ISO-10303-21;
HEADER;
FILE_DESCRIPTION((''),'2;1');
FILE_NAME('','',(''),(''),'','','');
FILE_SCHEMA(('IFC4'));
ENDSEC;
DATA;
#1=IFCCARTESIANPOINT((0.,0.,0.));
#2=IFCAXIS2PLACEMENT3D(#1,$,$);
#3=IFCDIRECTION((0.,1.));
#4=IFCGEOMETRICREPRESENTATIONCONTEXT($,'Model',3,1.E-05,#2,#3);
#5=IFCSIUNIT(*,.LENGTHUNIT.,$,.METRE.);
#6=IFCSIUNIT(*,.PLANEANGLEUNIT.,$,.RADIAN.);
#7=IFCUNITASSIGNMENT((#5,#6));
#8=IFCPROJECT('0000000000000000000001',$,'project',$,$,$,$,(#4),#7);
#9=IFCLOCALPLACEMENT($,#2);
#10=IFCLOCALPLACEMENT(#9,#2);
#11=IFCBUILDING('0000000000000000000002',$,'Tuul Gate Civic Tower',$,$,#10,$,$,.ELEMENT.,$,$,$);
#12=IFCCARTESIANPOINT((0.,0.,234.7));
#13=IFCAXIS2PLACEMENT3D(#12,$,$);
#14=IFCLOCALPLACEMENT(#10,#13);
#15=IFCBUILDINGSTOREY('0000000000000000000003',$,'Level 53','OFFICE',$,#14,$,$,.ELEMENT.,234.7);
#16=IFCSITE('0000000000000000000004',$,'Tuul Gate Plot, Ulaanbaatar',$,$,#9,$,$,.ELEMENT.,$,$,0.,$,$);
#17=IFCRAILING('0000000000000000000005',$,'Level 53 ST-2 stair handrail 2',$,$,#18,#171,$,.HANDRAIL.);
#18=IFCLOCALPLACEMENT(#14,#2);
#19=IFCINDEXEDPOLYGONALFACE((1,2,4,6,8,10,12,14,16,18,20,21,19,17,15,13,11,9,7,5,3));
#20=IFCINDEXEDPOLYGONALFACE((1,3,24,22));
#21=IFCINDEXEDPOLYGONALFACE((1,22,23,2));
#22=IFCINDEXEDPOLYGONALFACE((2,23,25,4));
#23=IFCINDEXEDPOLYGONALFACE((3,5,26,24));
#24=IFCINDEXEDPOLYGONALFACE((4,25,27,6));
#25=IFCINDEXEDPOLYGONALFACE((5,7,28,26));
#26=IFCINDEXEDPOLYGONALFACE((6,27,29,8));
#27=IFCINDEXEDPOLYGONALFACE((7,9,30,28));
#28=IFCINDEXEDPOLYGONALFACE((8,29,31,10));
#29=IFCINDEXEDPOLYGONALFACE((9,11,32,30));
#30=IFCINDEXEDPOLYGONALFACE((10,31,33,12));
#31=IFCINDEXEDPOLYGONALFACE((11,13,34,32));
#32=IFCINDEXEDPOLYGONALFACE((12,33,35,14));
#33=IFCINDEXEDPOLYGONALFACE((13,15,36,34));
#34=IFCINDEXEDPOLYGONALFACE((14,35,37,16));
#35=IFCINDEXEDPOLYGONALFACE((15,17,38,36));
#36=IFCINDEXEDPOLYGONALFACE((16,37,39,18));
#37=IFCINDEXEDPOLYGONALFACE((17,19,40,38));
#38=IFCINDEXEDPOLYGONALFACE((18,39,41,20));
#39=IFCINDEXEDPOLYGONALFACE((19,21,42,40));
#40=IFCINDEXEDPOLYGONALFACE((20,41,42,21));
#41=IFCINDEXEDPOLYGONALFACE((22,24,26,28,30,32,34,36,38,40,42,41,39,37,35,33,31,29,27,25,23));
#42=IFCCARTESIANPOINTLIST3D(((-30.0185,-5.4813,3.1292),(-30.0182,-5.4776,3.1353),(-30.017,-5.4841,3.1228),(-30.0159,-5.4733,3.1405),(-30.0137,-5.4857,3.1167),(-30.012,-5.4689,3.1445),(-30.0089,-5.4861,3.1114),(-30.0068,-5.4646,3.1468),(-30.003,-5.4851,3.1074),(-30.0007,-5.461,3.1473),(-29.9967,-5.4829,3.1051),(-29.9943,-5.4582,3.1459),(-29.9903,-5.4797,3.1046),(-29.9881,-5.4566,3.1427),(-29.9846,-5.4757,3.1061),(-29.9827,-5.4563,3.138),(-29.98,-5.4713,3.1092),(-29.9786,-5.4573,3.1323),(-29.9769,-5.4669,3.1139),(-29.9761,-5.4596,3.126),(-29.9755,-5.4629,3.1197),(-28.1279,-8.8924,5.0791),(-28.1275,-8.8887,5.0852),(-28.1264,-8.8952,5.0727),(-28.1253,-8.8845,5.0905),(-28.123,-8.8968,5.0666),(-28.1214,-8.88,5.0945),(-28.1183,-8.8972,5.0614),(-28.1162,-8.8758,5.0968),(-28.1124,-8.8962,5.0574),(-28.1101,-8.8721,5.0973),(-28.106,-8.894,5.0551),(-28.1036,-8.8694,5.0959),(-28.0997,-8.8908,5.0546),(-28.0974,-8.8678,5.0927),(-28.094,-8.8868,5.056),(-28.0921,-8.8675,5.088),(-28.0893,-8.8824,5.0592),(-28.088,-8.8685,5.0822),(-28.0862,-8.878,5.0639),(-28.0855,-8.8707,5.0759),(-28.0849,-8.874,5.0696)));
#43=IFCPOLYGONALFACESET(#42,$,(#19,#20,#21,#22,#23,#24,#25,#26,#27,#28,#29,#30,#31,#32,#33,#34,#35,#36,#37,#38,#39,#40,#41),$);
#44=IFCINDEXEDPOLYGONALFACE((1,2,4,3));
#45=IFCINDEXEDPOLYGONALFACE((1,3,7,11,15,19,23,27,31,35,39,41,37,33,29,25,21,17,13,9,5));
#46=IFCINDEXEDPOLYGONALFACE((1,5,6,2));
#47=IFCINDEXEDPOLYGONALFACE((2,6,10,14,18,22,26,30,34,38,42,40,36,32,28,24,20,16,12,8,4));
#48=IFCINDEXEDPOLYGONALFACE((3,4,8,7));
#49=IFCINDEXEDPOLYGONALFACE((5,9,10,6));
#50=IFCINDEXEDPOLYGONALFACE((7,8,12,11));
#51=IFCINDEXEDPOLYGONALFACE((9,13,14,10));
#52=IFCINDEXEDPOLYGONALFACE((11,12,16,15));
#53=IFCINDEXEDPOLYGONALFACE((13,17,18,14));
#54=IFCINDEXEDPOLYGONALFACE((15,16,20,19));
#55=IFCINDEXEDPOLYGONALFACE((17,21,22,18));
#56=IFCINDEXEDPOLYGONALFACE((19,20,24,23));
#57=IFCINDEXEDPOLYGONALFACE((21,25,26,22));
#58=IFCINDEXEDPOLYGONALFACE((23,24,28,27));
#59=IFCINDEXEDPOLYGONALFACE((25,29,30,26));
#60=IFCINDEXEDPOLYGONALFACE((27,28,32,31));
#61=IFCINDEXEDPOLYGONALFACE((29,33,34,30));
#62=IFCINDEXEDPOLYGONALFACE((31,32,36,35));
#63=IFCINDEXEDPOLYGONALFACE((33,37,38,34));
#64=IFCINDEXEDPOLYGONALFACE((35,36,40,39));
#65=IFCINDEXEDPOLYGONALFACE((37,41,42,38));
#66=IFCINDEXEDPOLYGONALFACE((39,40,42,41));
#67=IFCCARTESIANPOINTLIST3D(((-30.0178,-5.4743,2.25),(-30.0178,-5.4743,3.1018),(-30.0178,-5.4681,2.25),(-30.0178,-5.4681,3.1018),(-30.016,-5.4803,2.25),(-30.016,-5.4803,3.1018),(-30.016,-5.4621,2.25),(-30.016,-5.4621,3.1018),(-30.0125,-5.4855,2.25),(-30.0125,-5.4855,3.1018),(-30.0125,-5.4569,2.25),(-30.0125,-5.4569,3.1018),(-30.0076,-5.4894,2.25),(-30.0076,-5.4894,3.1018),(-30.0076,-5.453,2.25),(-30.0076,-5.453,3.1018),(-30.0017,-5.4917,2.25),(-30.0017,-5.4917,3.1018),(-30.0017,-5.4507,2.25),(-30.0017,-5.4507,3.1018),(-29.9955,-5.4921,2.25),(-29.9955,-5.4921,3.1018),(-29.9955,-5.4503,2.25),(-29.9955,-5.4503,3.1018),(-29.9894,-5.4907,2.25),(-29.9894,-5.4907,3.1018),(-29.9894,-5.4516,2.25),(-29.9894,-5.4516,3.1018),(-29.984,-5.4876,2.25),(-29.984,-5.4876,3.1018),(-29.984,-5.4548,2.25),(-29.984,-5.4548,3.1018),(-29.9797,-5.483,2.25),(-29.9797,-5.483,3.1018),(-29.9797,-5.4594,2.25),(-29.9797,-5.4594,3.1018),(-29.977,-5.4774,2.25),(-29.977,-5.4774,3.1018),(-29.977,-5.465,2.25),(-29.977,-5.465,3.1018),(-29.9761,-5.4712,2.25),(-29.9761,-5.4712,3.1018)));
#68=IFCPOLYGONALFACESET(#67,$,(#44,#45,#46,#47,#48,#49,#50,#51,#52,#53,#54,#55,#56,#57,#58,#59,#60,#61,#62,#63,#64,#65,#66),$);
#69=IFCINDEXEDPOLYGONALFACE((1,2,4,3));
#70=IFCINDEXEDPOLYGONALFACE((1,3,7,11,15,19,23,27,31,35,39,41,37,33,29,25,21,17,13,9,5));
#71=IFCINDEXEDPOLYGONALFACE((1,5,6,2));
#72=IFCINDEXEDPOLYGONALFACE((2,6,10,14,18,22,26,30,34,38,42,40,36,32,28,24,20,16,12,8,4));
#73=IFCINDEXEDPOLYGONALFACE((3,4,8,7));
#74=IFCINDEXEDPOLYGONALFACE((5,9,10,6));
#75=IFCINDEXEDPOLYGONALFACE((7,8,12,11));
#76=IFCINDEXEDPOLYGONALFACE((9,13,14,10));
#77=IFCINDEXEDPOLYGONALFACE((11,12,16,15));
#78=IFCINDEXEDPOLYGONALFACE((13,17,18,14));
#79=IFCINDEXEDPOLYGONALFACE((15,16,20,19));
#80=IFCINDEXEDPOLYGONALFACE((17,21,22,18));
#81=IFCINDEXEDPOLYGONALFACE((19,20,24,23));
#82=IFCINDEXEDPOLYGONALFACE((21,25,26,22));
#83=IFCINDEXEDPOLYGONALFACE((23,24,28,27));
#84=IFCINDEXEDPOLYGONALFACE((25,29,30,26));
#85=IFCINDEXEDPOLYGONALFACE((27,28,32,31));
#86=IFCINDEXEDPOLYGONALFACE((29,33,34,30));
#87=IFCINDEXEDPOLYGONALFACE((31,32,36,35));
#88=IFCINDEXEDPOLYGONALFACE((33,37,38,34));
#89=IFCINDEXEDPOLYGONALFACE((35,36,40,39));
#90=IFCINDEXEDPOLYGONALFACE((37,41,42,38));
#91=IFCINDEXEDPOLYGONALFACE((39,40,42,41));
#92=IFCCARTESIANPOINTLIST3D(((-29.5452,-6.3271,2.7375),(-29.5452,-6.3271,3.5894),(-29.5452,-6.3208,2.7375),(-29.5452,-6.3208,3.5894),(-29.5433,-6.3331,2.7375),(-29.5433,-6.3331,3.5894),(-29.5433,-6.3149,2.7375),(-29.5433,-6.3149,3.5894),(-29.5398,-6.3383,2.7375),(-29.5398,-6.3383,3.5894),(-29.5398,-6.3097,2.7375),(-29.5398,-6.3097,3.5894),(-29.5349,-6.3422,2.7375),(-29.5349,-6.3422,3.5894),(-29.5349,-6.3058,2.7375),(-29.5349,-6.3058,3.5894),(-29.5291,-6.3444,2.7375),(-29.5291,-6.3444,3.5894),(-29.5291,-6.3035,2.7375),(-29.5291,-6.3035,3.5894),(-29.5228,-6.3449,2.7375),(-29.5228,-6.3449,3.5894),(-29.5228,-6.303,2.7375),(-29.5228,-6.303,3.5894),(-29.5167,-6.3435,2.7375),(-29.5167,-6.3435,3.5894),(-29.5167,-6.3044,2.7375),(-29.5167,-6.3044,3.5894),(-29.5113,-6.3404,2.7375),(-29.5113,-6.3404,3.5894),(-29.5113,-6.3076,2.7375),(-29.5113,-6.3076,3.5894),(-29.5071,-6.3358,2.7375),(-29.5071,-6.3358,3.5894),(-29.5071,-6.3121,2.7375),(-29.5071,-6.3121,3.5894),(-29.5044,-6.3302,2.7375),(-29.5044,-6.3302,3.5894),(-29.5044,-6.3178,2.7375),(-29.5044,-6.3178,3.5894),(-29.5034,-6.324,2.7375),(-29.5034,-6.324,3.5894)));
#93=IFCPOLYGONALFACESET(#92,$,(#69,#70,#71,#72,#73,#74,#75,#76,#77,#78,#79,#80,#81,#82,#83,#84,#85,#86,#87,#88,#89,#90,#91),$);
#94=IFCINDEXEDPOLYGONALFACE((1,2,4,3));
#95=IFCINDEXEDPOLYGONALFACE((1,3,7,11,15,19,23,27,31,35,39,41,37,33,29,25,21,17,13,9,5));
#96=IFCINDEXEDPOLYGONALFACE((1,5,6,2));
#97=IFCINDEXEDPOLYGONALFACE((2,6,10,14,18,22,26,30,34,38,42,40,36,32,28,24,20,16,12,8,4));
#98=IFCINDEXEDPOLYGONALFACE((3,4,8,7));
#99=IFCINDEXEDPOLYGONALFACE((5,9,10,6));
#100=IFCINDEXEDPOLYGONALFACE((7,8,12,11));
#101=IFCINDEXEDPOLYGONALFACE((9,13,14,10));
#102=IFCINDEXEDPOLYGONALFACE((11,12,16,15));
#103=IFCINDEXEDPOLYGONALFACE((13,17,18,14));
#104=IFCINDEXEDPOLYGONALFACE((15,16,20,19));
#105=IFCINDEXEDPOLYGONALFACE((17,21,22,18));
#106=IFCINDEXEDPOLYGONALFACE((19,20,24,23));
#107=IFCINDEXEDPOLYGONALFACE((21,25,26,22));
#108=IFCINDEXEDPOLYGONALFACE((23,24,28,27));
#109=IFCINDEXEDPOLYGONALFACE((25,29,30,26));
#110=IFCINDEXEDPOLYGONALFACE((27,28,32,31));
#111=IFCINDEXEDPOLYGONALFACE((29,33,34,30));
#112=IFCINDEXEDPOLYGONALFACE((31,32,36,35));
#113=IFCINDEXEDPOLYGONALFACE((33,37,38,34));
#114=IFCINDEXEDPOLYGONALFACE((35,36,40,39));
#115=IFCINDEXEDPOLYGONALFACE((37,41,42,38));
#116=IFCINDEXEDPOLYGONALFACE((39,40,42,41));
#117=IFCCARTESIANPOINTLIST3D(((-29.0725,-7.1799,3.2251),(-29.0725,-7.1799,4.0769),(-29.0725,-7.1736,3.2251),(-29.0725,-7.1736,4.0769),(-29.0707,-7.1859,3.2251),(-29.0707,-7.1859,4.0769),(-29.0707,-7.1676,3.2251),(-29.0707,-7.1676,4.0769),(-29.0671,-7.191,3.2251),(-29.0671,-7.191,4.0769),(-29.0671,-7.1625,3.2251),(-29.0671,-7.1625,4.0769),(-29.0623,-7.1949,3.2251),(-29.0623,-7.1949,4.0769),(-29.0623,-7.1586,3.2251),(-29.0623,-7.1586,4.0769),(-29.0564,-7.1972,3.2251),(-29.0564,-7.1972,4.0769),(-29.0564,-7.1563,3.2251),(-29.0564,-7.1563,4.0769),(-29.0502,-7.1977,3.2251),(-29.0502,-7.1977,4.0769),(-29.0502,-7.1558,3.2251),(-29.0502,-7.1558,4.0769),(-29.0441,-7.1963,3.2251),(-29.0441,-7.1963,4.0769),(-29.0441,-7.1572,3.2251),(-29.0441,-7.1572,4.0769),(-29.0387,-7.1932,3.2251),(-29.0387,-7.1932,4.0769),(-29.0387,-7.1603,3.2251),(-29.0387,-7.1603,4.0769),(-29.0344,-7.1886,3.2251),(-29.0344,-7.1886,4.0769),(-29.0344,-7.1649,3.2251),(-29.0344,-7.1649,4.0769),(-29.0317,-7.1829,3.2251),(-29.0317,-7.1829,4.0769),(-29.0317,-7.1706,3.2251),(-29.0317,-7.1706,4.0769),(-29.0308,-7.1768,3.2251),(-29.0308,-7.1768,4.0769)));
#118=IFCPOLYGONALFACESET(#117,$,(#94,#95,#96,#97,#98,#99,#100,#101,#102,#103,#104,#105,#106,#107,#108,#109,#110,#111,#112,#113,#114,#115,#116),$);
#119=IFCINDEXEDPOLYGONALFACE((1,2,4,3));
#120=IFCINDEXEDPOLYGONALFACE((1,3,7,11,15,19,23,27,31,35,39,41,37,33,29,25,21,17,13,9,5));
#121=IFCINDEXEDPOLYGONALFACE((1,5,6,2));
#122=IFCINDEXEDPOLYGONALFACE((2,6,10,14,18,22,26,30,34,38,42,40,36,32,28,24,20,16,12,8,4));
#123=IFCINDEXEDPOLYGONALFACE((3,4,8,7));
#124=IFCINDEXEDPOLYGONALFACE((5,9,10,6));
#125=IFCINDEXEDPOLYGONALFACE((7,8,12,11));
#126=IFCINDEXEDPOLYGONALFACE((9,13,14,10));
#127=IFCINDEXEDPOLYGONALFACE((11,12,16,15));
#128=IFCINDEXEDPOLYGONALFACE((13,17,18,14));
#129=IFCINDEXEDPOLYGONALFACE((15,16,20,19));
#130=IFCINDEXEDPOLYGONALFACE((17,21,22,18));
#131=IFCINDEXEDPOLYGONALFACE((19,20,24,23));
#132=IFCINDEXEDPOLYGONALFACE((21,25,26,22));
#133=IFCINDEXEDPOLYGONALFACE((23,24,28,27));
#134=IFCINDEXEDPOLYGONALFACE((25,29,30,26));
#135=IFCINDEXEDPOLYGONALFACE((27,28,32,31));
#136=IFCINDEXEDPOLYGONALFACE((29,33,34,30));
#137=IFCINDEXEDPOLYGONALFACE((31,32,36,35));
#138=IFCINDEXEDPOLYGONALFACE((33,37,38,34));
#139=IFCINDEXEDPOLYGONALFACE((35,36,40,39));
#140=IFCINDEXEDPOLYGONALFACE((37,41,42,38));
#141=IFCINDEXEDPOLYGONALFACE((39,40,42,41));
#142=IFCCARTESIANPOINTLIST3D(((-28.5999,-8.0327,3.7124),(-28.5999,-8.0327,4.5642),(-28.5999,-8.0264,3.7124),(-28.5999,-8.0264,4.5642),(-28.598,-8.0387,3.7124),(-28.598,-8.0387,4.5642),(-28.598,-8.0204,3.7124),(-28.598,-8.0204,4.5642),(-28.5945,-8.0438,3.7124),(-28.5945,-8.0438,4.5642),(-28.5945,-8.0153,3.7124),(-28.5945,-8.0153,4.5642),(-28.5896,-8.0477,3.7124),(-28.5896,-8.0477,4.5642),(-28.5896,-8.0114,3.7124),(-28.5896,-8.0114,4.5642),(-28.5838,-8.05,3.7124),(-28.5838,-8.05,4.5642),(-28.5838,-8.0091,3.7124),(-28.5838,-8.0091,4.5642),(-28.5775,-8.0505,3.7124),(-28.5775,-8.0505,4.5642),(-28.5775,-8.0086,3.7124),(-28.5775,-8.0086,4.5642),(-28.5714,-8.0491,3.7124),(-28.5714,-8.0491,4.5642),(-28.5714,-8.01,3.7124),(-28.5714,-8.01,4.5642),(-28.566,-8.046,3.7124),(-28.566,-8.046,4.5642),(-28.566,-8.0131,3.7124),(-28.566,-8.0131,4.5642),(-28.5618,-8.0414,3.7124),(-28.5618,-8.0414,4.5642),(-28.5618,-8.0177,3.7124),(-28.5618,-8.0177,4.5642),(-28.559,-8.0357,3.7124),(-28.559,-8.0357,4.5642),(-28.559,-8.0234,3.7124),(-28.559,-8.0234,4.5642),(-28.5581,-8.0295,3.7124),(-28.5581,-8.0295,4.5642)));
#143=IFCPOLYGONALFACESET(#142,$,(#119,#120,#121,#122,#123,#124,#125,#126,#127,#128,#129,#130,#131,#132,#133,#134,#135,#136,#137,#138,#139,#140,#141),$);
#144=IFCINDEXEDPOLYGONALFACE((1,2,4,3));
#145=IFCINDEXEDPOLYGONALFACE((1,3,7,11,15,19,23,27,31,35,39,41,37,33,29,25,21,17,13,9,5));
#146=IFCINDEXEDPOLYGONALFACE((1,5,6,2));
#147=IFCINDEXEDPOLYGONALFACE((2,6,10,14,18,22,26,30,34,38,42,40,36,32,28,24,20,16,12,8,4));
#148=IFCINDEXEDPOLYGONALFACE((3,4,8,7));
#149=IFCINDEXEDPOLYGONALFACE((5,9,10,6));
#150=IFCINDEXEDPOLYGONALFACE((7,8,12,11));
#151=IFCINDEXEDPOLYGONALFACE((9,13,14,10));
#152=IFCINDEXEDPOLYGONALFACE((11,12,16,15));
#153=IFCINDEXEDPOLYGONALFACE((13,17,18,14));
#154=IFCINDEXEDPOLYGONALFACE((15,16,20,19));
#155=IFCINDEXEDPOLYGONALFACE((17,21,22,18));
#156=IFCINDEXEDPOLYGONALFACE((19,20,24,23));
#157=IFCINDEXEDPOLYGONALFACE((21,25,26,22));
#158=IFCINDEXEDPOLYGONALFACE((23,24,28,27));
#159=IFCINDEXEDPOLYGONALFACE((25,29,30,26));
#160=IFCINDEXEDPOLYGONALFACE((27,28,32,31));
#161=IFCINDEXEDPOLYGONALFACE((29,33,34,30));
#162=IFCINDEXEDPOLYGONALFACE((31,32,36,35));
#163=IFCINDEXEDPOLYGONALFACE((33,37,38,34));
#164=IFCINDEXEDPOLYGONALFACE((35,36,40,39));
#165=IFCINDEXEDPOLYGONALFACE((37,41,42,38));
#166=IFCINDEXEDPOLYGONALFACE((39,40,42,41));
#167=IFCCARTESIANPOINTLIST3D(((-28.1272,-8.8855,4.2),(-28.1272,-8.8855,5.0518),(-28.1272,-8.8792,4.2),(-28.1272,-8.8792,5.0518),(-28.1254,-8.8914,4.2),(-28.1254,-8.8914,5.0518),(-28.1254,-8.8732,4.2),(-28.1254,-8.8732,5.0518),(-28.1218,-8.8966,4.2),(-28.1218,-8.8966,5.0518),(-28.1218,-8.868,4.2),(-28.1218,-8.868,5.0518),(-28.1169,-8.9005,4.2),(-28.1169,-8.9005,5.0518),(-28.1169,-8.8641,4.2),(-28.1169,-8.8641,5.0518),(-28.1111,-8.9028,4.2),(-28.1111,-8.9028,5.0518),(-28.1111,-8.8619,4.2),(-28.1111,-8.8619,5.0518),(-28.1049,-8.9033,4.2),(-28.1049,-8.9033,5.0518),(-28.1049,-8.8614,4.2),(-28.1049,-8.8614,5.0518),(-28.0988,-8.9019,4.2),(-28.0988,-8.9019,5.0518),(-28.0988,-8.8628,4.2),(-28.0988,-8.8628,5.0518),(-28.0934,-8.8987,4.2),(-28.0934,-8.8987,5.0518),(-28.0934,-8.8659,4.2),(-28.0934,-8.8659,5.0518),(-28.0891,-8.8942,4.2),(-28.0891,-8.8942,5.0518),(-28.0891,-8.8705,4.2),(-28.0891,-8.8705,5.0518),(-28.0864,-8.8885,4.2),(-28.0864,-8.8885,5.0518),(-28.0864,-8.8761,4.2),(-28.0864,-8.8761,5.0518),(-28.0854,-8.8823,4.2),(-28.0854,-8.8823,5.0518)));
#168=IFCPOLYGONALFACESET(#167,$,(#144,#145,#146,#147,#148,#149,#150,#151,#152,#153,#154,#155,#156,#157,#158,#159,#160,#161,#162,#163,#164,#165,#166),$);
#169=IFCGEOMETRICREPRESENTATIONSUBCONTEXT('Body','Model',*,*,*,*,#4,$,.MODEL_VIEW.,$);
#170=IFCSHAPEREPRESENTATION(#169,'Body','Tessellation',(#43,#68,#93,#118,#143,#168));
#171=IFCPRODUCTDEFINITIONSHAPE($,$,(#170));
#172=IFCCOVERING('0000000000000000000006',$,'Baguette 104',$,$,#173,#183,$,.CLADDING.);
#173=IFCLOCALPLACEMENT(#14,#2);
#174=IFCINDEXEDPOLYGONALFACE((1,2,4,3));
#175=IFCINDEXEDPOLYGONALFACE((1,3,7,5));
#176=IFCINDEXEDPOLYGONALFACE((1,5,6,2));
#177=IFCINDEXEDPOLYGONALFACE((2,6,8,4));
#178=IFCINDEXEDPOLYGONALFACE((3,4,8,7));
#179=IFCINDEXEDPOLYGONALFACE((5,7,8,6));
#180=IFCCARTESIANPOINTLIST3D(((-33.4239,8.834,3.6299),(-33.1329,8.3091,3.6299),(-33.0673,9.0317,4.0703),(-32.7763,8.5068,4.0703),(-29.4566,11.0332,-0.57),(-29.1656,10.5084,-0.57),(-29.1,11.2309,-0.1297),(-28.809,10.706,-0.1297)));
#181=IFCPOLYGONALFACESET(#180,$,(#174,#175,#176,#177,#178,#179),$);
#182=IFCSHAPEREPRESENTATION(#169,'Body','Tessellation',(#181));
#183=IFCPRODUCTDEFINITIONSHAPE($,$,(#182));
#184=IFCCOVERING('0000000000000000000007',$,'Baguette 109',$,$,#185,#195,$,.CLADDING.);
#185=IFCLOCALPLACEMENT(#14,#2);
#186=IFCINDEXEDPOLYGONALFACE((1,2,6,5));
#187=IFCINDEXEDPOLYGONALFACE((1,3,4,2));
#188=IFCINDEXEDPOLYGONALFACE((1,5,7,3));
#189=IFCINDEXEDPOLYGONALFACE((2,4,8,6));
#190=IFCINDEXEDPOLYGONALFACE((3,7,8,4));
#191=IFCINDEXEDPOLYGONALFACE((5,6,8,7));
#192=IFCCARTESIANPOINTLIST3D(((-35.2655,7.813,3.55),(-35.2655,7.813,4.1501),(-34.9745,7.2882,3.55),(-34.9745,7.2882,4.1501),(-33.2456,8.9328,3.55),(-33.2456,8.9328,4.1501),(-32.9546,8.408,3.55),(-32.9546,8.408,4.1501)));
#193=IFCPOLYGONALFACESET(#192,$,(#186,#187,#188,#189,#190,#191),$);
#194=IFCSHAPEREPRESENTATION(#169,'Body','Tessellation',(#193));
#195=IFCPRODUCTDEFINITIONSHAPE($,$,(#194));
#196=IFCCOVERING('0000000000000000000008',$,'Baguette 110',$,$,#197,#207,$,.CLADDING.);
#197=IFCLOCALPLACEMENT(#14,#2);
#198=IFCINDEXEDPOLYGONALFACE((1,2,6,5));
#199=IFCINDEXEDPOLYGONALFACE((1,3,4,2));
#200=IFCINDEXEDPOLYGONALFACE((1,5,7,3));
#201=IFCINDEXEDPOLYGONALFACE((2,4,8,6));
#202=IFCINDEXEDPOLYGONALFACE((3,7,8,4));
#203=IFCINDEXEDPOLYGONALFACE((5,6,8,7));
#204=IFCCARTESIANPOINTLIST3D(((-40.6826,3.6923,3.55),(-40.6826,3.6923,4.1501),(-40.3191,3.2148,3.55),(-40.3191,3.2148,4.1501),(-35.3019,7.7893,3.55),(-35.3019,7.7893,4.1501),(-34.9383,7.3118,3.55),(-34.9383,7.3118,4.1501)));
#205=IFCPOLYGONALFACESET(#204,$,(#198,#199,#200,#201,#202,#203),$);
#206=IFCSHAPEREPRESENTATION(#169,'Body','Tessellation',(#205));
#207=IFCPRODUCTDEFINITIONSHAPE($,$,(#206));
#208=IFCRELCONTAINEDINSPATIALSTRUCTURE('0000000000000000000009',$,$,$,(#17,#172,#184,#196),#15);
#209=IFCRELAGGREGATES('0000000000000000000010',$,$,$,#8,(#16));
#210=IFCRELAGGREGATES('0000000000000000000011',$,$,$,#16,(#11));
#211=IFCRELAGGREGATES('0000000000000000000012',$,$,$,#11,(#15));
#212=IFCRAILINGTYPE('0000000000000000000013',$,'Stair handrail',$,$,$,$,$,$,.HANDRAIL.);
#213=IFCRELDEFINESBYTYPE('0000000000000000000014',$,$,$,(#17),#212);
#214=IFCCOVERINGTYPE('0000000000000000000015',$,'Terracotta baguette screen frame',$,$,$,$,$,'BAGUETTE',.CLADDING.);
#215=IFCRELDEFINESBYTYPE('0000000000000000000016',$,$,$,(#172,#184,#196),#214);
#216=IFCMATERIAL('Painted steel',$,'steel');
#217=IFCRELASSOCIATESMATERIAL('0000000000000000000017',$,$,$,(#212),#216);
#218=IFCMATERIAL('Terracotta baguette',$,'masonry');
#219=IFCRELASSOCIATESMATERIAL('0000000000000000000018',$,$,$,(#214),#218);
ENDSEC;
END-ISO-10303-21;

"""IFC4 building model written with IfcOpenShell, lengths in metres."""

from ifc_helpers import new_model, si_unit, direction, frame, origin, origin_2d, place, context, subcontext, project, spatial, rectangle, circle, extrude, material, material_profile, profile_set, type_object, element, save


model = new_model("IFC4")

# Units and contexts
model_context = context("Model", 3, precision=1e-05, world=origin(), true_north=direction((0.0, 1.0)))
body_context = subcontext(model_context, "Body", "Model", "MODEL_VIEW")
ifc_project = project(units=[si_unit("LENGTHUNIT", "METRE"), si_unit("PLANEANGLEUNIT", "RADIAN")], contexts=[model_context])

# Site, building, storey
site_placement = place(None, origin())
site = spatial("IfcSite", under=ifc_project, at=site_placement, Name="Tuul Gate Plot, Ulaanbaatar", CompositionType="ELEMENT", RefElevation=0.0)
building_placement = place(site_placement, origin())
building = spatial("IfcBuilding", under=site, at=building_placement, Name="Tuul Gate Civic Tower", CompositionType="ELEMENT")
storey_placement = place(building_placement, frame((0.0, 0.0, 234.7)))
storey = spatial("IfcBuildingStorey", under=building, at=storey_placement, Name="Level 53", Description="OFFICE", CompositionType="ELEMENT", Elevation=234.7)

# Railing
ifc_material_1 = material(Name="Painted steel", Category="steel")
railing_type = type_object("IfcRailingType", Name="Stair handrail", PredefinedType="HANDRAIL", material=ifc_material_1)
railing_placement = place(storey_placement, frame((-29.9971, -5.4712, 2.25)))
element("IfcRailing", 1, at=railing_placement, inside=storey, type_object=railing_type, Name="Level 53 ST-2 stair handrail 2", PredefinedType="HANDRAIL", context=body_context, shape_type="SweptSolid", body=[
    extrude(circle(Radius=0.0239, at=origin_2d()), frame((0.0, 0.0, 0.876), z_axis=(0.433595, -0.782308, 0.447201), x_axis=(0.874641, 0.484771, 0.0)), (0.0, 0.0, 1.0), 4.3604),
    extrude(circle(Radius=0.021, at=origin_2d()), origin(), (0.0, 0.0, 1.0), 0.8518),
    extrude(circle(Radius=0.021, at=origin_2d()), frame((0.4727, -0.8528, 0.4875)), (0.0, 0.0, 1.0), 0.8518),
    extrude(circle(Radius=0.021, at=origin_2d()), frame((0.9453, -1.7056, 0.9751)), (0.0, 0.0, 1.0), 0.8518),
    extrude(circle(Radius=0.021, at=origin_2d()), frame((1.418, -2.5583, 1.4624)), (0.0, 0.0, 1.0), 0.8518),
    extrude(circle(Radius=0.021, at=origin_2d()), frame((1.8906, -3.4111, 1.95)), (0.0, 0.0, 1.0), 0.8518),
])

# Coverings
ifc_material_2 = material(Name="Terracotta baguette", Category="masonry")
ifc_material_profile_1 = material_profile(ifc_material_2, rectangle(XDim=0.6001, YDim=0.6001, at=origin_2d()), Name="Terracotta baguette screen frame")
ifc_profile_set_1 = profile_set([ifc_material_profile_1], Name="Terracotta baguette")
covering_type = type_object("IfcCoveringType", Name="Terracotta baguette screen frame", ElementType="BAGUETTE", PredefinedType="CLADDING", material=ifc_profile_set_1)
covering_1_placement = place(storey_placement, frame((-29.1328, 10.8696, -0.3499), z_axis=(-0.641761, -0.355753, 0.679398), x_axis=(0.484829, -0.874609, 0.0)))
element("IfcCovering", 2, at=covering_1_placement, inside=storey, type_object=covering_type, Name="Baguette 104", PredefinedType="CLADDING", context=body_context, shape_type="SweptSolid", body=[
    extrude(rectangle(XDim=0.6001, YDim=0.6001, at=origin_2d()), origin(), (0.0, 0.0, 1.0), 6.1819),
])
covering_2_placement = place(storey_placement, frame((-33.1001, 8.6704, 3.8501), z_axis=(-0.874591, -0.484862, 0.0), x_axis=(0.484862, -0.874591, 0.0)))
element("IfcCovering", 3, at=covering_2_placement, inside=storey, type_object=covering_type, Name="Baguette 109", PredefinedType="CLADDING", context=body_context, shape_type="SweptSolid", body=[
    extrude(rectangle(XDim=0.6001, YDim=0.6001, at=origin_2d()), origin(), (0.0, 0.0, 1.0), 2.3096),
])
covering_3_placement = place(storey_placement, frame((-35.1201, 7.5505, 3.8501), z_axis=(-0.795616, -0.605801, 0.0), x_axis=(0.605801, -0.795616, 0.0)))
element("IfcCovering", 4, at=covering_3_placement, inside=storey, type_object=covering_type, Name="Baguette 110", PredefinedType="CLADDING", context=body_context, shape_type="SweptSolid", body=[
    extrude(rectangle(XDim=0.6001, YDim=0.6001, at=origin_2d()), origin(), (0.0, 0.0, 1.0), 6.7629),
])

save(model, "model.ifc")
